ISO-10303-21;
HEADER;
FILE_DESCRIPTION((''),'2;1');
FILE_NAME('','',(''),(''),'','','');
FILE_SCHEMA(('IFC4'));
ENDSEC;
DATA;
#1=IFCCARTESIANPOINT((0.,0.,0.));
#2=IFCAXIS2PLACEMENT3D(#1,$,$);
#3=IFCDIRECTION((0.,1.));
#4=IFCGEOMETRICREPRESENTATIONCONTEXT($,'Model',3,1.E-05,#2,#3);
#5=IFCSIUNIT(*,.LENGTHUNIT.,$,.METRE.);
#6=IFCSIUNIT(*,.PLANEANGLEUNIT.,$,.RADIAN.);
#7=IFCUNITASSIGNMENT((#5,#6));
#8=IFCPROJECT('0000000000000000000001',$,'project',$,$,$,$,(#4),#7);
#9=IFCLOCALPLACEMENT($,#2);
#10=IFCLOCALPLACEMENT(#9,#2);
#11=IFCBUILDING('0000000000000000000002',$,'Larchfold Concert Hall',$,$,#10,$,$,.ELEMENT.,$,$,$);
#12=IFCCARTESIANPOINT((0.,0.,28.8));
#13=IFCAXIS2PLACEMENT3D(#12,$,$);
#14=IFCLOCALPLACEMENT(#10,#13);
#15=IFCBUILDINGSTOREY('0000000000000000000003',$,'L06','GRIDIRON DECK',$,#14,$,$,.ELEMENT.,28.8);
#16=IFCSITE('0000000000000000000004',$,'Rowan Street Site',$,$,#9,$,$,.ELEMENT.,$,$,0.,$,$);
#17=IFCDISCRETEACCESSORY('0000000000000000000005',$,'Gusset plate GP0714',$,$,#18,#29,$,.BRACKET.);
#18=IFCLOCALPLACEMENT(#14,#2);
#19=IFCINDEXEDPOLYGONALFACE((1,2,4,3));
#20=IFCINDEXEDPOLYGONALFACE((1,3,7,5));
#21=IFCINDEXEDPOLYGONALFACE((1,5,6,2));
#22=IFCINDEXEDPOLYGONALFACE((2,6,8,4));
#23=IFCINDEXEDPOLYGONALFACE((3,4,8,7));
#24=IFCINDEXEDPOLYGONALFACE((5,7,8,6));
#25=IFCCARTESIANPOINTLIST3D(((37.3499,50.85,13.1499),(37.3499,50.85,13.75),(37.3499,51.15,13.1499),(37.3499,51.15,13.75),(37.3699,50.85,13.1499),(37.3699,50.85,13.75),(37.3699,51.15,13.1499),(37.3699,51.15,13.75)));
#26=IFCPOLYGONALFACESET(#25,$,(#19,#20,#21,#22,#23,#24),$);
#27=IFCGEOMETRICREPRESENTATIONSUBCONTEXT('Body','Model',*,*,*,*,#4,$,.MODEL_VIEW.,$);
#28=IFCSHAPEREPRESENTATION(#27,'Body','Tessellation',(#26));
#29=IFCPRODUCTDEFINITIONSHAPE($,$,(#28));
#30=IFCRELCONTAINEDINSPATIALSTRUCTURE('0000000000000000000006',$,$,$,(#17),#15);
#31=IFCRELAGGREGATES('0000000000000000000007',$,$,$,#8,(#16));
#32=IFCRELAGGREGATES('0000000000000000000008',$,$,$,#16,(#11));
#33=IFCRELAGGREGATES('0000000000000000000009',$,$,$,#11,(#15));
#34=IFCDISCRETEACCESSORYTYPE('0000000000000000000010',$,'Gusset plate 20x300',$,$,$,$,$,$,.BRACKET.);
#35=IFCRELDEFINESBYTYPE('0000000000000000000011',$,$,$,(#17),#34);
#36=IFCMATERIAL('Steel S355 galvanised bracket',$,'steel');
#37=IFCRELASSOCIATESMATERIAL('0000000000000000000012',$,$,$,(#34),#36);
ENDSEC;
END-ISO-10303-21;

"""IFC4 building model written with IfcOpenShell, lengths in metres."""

from ifc_helpers import new_model, si_unit, direction, frame, origin, origin_2d, place, context, subcontext, project, spatial, rectangle, extrude, material, material_profile, profile_set, type_object, element, save


model = new_model("IFC4")

# Units and contexts
model_context = context("Model", 3, precision=1e-05, world=origin(), true_north=direction((0.0, 1.0)))
body_context = subcontext(model_context, "Body", "Model", "MODEL_VIEW")
ifc_project = project(units=[si_unit("LENGTHUNIT", "METRE"), si_unit("PLANEANGLEUNIT", "RADIAN")], contexts=[model_context])

# Site, building, storey
site_placement = place(None, origin())
site = spatial("IfcSite", under=ifc_project, at=site_placement, Name="Rowan Street Site", CompositionType="ELEMENT", RefElevation=0.0)
building_placement = place(site_placement, origin())
building = spatial("IfcBuilding", under=site, at=building_placement, Name="Larchfold Concert Hall", CompositionType="ELEMENT")
storey_placement = place(building_placement, frame((0.0, 0.0, 28.8)))
storey = spatial("IfcBuildingStorey", under=building, at=storey_placement, Name="L06", Description="GRIDIRON DECK", CompositionType="ELEMENT", Elevation=28.8)

# Discrete accessory
ifc_material_1 = material(Name="Steel S355 galvanised bracket", Category="steel")
ifc_material_profile_1 = material_profile(ifc_material_1, rectangle(XDim=0.02, YDim=0.3, at=origin_2d()))
ifc_profile_set_1 = profile_set([ifc_material_profile_1], Name="Steel S355 galvanised bracket")
discrete_accessory_type_1 = type_object("IfcDiscreteAccessoryType", Name="Gusset plate 20x300", PredefinedType="BRACKET", material=ifc_profile_set_1)
for number, where, z_axis, x_axis, name in (
    (1, (37.3599, 51.0, 13.1499), (0.0, 0.0, 1.0), (1.0, 0.0, 0.0), "Gusset plate GP0714"),
):
    element("IfcDiscreteAccessory", number, at=place(storey_placement, frame(where, z_axis=z_axis, x_axis=x_axis)), inside=storey, type_object=discrete_accessory_type_1, Name=name, PredefinedType="BRACKET", context=body_context, shape_type="SweptSolid", body=[
        extrude(rectangle(XDim=0.02, YDim=0.3, at=origin_2d()), origin(), (0.0, 0.0, 1.0), 0.6001),
    ])

save(model, "model.ifc")
